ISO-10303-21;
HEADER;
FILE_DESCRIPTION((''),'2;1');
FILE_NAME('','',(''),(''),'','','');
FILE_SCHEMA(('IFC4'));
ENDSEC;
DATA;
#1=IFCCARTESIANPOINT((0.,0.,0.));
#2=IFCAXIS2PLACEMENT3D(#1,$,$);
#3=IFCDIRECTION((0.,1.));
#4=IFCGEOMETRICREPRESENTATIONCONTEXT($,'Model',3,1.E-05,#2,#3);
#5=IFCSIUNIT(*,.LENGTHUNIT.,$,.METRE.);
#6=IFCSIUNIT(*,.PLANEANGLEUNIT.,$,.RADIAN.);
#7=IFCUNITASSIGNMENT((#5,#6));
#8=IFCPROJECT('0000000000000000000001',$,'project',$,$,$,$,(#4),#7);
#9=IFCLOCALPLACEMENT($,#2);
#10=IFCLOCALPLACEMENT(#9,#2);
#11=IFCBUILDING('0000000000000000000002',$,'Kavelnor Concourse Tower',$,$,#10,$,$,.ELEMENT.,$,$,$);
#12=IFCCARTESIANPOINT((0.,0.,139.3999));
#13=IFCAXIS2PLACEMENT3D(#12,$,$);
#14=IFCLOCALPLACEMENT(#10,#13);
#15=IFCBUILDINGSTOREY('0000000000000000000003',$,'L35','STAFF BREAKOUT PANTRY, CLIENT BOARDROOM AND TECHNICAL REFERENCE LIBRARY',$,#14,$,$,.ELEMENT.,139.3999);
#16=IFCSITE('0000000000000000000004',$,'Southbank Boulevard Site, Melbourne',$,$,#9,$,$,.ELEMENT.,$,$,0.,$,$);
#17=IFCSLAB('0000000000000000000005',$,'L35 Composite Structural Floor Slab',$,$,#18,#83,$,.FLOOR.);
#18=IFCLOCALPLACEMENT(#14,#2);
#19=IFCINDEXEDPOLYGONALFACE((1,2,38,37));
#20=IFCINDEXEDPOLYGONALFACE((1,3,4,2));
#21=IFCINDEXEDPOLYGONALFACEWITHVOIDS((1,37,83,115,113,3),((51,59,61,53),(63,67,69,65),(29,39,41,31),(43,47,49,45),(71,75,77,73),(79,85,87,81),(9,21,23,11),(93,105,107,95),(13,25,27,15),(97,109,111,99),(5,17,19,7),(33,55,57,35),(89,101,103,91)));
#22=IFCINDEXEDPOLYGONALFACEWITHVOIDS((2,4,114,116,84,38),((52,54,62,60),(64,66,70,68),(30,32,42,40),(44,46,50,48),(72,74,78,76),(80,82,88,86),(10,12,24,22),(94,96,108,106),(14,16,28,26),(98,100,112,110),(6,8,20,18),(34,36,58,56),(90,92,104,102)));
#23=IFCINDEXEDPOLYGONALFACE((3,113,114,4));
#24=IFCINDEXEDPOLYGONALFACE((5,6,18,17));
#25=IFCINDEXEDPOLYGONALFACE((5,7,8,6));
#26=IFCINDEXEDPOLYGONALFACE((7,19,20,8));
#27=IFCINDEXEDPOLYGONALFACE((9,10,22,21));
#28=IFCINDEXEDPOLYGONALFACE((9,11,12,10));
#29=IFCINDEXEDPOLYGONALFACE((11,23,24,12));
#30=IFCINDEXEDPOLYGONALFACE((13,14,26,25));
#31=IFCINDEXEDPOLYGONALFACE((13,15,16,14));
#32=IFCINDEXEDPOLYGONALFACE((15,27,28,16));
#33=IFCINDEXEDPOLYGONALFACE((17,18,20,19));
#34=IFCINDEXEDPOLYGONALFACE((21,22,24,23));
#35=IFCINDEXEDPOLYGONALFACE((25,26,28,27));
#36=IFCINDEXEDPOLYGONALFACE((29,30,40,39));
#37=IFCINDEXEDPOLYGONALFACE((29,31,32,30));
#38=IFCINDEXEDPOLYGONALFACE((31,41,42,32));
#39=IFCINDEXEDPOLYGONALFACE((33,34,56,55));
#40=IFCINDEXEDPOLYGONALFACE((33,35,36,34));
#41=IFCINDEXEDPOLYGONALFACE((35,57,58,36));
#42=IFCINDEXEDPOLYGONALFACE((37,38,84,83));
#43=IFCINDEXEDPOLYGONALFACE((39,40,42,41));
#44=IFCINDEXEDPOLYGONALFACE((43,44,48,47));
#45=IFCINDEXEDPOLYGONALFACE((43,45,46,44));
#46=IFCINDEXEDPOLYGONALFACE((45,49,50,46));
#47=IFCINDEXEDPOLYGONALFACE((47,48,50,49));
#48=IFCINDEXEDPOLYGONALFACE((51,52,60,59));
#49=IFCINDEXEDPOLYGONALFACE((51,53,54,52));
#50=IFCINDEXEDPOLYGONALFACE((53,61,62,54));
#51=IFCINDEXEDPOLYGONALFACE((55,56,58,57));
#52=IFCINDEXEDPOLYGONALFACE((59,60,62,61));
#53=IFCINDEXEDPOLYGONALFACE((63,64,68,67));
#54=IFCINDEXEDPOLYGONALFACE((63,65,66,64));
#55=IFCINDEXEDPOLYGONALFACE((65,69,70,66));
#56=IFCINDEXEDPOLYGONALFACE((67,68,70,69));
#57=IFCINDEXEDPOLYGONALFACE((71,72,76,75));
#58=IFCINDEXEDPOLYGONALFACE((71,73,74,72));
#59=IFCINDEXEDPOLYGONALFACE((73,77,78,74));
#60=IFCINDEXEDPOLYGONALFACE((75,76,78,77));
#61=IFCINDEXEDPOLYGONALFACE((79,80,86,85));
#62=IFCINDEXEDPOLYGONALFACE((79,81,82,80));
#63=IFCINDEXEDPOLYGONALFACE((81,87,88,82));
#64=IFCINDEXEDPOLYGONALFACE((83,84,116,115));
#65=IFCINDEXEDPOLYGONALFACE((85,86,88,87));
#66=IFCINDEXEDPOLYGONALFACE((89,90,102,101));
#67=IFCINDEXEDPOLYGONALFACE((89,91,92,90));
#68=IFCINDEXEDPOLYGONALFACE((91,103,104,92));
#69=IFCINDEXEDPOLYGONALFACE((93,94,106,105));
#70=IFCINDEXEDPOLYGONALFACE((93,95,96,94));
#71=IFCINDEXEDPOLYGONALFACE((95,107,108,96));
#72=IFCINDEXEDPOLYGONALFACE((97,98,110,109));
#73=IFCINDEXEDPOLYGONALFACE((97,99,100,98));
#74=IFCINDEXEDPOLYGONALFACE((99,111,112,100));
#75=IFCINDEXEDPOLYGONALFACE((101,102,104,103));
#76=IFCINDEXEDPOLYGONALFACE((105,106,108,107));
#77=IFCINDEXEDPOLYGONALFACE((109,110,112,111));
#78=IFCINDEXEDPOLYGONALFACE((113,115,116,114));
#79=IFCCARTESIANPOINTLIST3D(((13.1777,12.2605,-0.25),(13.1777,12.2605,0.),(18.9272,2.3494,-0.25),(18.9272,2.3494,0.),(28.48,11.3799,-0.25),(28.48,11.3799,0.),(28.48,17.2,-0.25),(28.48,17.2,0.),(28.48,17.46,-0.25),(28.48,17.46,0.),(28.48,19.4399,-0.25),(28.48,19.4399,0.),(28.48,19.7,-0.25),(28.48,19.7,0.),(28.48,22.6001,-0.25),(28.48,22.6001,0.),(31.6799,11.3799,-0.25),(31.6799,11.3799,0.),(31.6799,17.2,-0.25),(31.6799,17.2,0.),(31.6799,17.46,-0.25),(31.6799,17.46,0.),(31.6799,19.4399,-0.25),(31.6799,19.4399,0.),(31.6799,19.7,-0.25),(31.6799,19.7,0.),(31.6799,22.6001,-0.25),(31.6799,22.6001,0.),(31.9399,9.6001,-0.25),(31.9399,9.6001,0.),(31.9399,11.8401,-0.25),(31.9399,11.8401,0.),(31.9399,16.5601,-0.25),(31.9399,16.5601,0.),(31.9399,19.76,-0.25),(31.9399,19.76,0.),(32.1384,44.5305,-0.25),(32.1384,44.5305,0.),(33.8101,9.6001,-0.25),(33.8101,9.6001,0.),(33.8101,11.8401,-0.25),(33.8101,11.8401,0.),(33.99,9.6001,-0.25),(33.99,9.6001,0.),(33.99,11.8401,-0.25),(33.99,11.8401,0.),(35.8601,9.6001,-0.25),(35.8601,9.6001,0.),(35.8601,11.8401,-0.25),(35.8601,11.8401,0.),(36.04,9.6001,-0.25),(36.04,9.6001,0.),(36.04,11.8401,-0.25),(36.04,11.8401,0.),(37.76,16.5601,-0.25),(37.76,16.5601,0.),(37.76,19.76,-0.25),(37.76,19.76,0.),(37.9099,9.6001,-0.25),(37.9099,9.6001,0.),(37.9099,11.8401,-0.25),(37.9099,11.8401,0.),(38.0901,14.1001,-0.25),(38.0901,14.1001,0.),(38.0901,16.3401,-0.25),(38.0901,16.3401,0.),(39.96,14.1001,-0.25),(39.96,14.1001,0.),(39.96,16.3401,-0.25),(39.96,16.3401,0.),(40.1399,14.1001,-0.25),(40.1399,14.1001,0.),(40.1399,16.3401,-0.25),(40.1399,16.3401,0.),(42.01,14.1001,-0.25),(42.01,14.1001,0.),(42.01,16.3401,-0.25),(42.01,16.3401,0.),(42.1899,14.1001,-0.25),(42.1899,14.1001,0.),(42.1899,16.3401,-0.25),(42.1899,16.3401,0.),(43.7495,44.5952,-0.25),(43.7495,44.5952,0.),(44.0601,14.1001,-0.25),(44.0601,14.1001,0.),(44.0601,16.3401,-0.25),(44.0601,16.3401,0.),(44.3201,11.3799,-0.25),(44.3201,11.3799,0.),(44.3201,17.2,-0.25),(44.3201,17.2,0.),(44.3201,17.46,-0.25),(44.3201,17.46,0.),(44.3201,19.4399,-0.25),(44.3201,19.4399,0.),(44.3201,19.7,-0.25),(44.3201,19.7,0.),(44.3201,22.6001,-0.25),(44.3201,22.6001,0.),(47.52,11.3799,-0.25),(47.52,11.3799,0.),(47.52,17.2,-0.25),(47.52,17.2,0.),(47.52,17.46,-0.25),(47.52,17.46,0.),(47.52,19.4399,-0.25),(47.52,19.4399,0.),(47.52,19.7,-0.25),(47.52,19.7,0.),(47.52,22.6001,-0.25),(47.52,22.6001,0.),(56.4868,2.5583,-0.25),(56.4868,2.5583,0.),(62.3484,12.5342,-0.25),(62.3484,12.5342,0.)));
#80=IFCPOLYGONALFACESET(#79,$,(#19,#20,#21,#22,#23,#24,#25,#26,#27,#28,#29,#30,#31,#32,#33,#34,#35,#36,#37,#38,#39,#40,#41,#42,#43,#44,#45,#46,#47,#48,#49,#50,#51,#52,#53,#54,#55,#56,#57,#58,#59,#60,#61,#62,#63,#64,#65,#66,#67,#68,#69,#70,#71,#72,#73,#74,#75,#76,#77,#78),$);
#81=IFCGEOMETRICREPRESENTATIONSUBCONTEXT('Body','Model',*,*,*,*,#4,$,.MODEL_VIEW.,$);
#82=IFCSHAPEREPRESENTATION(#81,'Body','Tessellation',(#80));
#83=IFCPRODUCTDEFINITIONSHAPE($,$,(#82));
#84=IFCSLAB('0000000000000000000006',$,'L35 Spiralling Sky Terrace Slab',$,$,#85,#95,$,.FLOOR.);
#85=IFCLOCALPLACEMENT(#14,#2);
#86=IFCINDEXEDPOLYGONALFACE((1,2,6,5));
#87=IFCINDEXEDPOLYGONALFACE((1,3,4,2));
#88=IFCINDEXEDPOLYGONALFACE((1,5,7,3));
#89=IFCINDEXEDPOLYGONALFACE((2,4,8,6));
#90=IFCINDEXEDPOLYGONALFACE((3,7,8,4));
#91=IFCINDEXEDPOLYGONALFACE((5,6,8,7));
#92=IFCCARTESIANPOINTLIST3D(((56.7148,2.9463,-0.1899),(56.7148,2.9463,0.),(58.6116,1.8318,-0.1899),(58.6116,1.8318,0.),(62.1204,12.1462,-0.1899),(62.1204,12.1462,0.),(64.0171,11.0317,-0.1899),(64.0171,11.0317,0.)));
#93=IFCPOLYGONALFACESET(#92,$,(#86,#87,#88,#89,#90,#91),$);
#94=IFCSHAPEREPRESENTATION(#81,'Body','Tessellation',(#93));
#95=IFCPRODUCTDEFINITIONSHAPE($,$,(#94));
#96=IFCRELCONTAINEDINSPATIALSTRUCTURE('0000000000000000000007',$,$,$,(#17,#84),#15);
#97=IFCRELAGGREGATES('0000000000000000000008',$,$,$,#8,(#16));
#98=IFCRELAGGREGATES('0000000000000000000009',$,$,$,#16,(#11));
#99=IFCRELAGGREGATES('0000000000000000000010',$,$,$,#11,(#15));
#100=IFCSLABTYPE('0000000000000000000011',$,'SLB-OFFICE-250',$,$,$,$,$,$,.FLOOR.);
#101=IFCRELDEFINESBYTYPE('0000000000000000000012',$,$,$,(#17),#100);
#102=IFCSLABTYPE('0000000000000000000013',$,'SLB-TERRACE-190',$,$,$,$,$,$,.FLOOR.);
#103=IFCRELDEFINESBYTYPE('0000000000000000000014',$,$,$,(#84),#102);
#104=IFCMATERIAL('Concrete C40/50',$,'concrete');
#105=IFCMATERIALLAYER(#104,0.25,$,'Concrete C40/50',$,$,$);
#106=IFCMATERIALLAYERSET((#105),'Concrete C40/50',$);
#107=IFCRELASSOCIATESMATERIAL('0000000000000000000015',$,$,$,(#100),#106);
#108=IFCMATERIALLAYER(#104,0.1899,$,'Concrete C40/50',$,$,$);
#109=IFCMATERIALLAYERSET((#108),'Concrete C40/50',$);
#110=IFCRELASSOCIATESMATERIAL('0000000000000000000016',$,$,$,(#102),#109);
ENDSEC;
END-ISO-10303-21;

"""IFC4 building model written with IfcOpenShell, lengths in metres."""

from ifc_helpers import new_model, si_unit, direction, frame, origin, place, context, subcontext, project, spatial, polyline, outline, extrude, material, layer, layer_set, type_object, element, save


model = new_model("IFC4")

# Units and contexts
model_context = context("Model", 3, precision=1e-05, world=origin(), true_north=direction((0.0, 1.0)))
body_context = subcontext(model_context, "Body", "Model", "MODEL_VIEW")
ifc_project = project(units=[si_unit("LENGTHUNIT", "METRE"), si_unit("PLANEANGLEUNIT", "RADIAN")], contexts=[model_context])

# Site, building, storey
site_placement = place(None, origin())
site = spatial("IfcSite", under=ifc_project, at=site_placement, Name="Southbank Boulevard Site, Melbourne", CompositionType="ELEMENT", RefElevation=0.0)
building_placement = place(site_placement, origin())
building = spatial("IfcBuilding", under=site, at=building_placement, Name="Kavelnor Concourse Tower", CompositionType="ELEMENT")
storey_placement = place(building_placement, frame((0.0, 0.0, 139.3999)))
storey = spatial("IfcBuildingStorey", under=building, at=storey_placement, Name="L35", Description="STAFF BREAKOUT PANTRY, CLIENT BOARDROOM AND TECHNICAL REFERENCE LIBRARY", CompositionType="ELEMENT", Elevation=139.3999)

# Shared definitions
ifc_material_1 = material(Name="Concrete C40/50", Category="concrete")

# Slabs
ifc_layer_1 = layer(ifc_material_1, 0.25, Name="Concrete C40/50")
ifc_layer_set_1 = layer_set([ifc_layer_1], Name="Concrete C40/50")
slab_type_1 = type_object("IfcSlabType", Name="SLB-OFFICE-250", PredefinedType="FLOOR", material=ifc_layer_set_1)
slab_1_placement = place(storey_placement, frame((0.0, 0.0, -0.25)))
element("IfcSlab", 1, at=slab_1_placement, inside=storey, type_object=slab_type_1, Name="L35 Composite Structural Floor Slab", PredefinedType="FLOOR", context=body_context, shape_type="SweptSolid", body=[
    extrude(outline(polyline([(43.7495, 44.5952), (32.1384, 44.5305), (13.1777, 12.2605), (18.9272, 2.3494), (56.4868, 2.5583), (62.3484, 12.5342), (43.7495, 44.5952)]), holes=[polyline([(28.48, 11.3799), (31.6799, 11.3799), (31.6799, 17.2), (28.48, 17.2), (28.48, 11.3799)]), polyline([(44.3201, 11.3799), (47.52, 11.3799), (47.52, 17.2), (44.3201, 17.2), (44.3201, 11.3799)]), polyline([(31.9399, 16.5601), (37.76, 16.5601), (37.76, 19.76), (31.9399, 19.76), (31.9399, 16.5601)]), polyline([(28.48, 19.7), (31.6799, 19.7), (31.6799, 22.6001), (28.48, 22.6001), (28.48, 19.7)]), polyline([(44.3201, 19.7), (47.52, 19.7), (47.52, 22.6001), (44.3201, 22.6001), (44.3201, 19.7)]), polyline([(38.0901, 14.1001), (39.96, 14.1001), (39.96, 16.3401), (38.0901, 16.3401), (38.0901, 14.1001)]), polyline([(40.1399, 14.1001), (42.01, 14.1001), (42.01, 16.3401), (40.1399, 16.3401), (40.1399, 14.1001)]), polyline([(42.1899, 14.1001), (44.0601, 14.1001), (44.0601, 16.3401), (42.1899, 16.3401), (42.1899, 14.1001)]), polyline([(31.9399, 9.6001), (33.8101, 9.6001), (33.8101, 11.8401), (31.9399, 11.8401), (31.9399, 9.6001)]), polyline([(33.99, 9.6001), (35.8601, 9.6001), (35.8601, 11.8401), (33.99, 11.8401), (33.99, 9.6001)]), polyline([(36.04, 9.6001), (37.9099, 9.6001), (37.9099, 11.8401), (36.04, 11.8401), (36.04, 9.6001)]), polyline([(28.48, 17.46), (31.6799, 17.46), (31.6799, 19.4399), (28.48, 19.4399), (28.48, 17.46)]), polyline([(44.3201, 17.46), (47.52, 17.46), (47.52, 19.4399), (44.3201, 19.4399), (44.3201, 17.46)])]), origin(), (0.0, 0.0, 1.0), 0.25),
])
ifc_layer_2 = layer(ifc_material_1, 0.1899, Name="Concrete C40/50")
ifc_layer_set_2 = layer_set([ifc_layer_2], Name="Concrete C40/50")
slab_type_2 = type_object("IfcSlabType", Name="SLB-TERRACE-190", PredefinedType="FLOOR", material=ifc_layer_set_2)
slab_2_placement = place(storey_placement, frame((0.0, 0.0, -0.1899)))
element("IfcSlab", 2, at=slab_2_placement, inside=storey, type_object=slab_type_2, Name="L35 Spiralling Sky Terrace Slab", PredefinedType="FLOOR", context=body_context, shape_type="SweptSolid", body=[
    extrude(outline(polyline([(64.0171, 11.0317), (58.6116, 1.8318), (56.7148, 2.9463), (62.1204, 12.1462), (64.0171, 11.0317)])), origin(), (0.0, 0.0, 1.0), 0.1899),
])

save(model, "model.ifc")
